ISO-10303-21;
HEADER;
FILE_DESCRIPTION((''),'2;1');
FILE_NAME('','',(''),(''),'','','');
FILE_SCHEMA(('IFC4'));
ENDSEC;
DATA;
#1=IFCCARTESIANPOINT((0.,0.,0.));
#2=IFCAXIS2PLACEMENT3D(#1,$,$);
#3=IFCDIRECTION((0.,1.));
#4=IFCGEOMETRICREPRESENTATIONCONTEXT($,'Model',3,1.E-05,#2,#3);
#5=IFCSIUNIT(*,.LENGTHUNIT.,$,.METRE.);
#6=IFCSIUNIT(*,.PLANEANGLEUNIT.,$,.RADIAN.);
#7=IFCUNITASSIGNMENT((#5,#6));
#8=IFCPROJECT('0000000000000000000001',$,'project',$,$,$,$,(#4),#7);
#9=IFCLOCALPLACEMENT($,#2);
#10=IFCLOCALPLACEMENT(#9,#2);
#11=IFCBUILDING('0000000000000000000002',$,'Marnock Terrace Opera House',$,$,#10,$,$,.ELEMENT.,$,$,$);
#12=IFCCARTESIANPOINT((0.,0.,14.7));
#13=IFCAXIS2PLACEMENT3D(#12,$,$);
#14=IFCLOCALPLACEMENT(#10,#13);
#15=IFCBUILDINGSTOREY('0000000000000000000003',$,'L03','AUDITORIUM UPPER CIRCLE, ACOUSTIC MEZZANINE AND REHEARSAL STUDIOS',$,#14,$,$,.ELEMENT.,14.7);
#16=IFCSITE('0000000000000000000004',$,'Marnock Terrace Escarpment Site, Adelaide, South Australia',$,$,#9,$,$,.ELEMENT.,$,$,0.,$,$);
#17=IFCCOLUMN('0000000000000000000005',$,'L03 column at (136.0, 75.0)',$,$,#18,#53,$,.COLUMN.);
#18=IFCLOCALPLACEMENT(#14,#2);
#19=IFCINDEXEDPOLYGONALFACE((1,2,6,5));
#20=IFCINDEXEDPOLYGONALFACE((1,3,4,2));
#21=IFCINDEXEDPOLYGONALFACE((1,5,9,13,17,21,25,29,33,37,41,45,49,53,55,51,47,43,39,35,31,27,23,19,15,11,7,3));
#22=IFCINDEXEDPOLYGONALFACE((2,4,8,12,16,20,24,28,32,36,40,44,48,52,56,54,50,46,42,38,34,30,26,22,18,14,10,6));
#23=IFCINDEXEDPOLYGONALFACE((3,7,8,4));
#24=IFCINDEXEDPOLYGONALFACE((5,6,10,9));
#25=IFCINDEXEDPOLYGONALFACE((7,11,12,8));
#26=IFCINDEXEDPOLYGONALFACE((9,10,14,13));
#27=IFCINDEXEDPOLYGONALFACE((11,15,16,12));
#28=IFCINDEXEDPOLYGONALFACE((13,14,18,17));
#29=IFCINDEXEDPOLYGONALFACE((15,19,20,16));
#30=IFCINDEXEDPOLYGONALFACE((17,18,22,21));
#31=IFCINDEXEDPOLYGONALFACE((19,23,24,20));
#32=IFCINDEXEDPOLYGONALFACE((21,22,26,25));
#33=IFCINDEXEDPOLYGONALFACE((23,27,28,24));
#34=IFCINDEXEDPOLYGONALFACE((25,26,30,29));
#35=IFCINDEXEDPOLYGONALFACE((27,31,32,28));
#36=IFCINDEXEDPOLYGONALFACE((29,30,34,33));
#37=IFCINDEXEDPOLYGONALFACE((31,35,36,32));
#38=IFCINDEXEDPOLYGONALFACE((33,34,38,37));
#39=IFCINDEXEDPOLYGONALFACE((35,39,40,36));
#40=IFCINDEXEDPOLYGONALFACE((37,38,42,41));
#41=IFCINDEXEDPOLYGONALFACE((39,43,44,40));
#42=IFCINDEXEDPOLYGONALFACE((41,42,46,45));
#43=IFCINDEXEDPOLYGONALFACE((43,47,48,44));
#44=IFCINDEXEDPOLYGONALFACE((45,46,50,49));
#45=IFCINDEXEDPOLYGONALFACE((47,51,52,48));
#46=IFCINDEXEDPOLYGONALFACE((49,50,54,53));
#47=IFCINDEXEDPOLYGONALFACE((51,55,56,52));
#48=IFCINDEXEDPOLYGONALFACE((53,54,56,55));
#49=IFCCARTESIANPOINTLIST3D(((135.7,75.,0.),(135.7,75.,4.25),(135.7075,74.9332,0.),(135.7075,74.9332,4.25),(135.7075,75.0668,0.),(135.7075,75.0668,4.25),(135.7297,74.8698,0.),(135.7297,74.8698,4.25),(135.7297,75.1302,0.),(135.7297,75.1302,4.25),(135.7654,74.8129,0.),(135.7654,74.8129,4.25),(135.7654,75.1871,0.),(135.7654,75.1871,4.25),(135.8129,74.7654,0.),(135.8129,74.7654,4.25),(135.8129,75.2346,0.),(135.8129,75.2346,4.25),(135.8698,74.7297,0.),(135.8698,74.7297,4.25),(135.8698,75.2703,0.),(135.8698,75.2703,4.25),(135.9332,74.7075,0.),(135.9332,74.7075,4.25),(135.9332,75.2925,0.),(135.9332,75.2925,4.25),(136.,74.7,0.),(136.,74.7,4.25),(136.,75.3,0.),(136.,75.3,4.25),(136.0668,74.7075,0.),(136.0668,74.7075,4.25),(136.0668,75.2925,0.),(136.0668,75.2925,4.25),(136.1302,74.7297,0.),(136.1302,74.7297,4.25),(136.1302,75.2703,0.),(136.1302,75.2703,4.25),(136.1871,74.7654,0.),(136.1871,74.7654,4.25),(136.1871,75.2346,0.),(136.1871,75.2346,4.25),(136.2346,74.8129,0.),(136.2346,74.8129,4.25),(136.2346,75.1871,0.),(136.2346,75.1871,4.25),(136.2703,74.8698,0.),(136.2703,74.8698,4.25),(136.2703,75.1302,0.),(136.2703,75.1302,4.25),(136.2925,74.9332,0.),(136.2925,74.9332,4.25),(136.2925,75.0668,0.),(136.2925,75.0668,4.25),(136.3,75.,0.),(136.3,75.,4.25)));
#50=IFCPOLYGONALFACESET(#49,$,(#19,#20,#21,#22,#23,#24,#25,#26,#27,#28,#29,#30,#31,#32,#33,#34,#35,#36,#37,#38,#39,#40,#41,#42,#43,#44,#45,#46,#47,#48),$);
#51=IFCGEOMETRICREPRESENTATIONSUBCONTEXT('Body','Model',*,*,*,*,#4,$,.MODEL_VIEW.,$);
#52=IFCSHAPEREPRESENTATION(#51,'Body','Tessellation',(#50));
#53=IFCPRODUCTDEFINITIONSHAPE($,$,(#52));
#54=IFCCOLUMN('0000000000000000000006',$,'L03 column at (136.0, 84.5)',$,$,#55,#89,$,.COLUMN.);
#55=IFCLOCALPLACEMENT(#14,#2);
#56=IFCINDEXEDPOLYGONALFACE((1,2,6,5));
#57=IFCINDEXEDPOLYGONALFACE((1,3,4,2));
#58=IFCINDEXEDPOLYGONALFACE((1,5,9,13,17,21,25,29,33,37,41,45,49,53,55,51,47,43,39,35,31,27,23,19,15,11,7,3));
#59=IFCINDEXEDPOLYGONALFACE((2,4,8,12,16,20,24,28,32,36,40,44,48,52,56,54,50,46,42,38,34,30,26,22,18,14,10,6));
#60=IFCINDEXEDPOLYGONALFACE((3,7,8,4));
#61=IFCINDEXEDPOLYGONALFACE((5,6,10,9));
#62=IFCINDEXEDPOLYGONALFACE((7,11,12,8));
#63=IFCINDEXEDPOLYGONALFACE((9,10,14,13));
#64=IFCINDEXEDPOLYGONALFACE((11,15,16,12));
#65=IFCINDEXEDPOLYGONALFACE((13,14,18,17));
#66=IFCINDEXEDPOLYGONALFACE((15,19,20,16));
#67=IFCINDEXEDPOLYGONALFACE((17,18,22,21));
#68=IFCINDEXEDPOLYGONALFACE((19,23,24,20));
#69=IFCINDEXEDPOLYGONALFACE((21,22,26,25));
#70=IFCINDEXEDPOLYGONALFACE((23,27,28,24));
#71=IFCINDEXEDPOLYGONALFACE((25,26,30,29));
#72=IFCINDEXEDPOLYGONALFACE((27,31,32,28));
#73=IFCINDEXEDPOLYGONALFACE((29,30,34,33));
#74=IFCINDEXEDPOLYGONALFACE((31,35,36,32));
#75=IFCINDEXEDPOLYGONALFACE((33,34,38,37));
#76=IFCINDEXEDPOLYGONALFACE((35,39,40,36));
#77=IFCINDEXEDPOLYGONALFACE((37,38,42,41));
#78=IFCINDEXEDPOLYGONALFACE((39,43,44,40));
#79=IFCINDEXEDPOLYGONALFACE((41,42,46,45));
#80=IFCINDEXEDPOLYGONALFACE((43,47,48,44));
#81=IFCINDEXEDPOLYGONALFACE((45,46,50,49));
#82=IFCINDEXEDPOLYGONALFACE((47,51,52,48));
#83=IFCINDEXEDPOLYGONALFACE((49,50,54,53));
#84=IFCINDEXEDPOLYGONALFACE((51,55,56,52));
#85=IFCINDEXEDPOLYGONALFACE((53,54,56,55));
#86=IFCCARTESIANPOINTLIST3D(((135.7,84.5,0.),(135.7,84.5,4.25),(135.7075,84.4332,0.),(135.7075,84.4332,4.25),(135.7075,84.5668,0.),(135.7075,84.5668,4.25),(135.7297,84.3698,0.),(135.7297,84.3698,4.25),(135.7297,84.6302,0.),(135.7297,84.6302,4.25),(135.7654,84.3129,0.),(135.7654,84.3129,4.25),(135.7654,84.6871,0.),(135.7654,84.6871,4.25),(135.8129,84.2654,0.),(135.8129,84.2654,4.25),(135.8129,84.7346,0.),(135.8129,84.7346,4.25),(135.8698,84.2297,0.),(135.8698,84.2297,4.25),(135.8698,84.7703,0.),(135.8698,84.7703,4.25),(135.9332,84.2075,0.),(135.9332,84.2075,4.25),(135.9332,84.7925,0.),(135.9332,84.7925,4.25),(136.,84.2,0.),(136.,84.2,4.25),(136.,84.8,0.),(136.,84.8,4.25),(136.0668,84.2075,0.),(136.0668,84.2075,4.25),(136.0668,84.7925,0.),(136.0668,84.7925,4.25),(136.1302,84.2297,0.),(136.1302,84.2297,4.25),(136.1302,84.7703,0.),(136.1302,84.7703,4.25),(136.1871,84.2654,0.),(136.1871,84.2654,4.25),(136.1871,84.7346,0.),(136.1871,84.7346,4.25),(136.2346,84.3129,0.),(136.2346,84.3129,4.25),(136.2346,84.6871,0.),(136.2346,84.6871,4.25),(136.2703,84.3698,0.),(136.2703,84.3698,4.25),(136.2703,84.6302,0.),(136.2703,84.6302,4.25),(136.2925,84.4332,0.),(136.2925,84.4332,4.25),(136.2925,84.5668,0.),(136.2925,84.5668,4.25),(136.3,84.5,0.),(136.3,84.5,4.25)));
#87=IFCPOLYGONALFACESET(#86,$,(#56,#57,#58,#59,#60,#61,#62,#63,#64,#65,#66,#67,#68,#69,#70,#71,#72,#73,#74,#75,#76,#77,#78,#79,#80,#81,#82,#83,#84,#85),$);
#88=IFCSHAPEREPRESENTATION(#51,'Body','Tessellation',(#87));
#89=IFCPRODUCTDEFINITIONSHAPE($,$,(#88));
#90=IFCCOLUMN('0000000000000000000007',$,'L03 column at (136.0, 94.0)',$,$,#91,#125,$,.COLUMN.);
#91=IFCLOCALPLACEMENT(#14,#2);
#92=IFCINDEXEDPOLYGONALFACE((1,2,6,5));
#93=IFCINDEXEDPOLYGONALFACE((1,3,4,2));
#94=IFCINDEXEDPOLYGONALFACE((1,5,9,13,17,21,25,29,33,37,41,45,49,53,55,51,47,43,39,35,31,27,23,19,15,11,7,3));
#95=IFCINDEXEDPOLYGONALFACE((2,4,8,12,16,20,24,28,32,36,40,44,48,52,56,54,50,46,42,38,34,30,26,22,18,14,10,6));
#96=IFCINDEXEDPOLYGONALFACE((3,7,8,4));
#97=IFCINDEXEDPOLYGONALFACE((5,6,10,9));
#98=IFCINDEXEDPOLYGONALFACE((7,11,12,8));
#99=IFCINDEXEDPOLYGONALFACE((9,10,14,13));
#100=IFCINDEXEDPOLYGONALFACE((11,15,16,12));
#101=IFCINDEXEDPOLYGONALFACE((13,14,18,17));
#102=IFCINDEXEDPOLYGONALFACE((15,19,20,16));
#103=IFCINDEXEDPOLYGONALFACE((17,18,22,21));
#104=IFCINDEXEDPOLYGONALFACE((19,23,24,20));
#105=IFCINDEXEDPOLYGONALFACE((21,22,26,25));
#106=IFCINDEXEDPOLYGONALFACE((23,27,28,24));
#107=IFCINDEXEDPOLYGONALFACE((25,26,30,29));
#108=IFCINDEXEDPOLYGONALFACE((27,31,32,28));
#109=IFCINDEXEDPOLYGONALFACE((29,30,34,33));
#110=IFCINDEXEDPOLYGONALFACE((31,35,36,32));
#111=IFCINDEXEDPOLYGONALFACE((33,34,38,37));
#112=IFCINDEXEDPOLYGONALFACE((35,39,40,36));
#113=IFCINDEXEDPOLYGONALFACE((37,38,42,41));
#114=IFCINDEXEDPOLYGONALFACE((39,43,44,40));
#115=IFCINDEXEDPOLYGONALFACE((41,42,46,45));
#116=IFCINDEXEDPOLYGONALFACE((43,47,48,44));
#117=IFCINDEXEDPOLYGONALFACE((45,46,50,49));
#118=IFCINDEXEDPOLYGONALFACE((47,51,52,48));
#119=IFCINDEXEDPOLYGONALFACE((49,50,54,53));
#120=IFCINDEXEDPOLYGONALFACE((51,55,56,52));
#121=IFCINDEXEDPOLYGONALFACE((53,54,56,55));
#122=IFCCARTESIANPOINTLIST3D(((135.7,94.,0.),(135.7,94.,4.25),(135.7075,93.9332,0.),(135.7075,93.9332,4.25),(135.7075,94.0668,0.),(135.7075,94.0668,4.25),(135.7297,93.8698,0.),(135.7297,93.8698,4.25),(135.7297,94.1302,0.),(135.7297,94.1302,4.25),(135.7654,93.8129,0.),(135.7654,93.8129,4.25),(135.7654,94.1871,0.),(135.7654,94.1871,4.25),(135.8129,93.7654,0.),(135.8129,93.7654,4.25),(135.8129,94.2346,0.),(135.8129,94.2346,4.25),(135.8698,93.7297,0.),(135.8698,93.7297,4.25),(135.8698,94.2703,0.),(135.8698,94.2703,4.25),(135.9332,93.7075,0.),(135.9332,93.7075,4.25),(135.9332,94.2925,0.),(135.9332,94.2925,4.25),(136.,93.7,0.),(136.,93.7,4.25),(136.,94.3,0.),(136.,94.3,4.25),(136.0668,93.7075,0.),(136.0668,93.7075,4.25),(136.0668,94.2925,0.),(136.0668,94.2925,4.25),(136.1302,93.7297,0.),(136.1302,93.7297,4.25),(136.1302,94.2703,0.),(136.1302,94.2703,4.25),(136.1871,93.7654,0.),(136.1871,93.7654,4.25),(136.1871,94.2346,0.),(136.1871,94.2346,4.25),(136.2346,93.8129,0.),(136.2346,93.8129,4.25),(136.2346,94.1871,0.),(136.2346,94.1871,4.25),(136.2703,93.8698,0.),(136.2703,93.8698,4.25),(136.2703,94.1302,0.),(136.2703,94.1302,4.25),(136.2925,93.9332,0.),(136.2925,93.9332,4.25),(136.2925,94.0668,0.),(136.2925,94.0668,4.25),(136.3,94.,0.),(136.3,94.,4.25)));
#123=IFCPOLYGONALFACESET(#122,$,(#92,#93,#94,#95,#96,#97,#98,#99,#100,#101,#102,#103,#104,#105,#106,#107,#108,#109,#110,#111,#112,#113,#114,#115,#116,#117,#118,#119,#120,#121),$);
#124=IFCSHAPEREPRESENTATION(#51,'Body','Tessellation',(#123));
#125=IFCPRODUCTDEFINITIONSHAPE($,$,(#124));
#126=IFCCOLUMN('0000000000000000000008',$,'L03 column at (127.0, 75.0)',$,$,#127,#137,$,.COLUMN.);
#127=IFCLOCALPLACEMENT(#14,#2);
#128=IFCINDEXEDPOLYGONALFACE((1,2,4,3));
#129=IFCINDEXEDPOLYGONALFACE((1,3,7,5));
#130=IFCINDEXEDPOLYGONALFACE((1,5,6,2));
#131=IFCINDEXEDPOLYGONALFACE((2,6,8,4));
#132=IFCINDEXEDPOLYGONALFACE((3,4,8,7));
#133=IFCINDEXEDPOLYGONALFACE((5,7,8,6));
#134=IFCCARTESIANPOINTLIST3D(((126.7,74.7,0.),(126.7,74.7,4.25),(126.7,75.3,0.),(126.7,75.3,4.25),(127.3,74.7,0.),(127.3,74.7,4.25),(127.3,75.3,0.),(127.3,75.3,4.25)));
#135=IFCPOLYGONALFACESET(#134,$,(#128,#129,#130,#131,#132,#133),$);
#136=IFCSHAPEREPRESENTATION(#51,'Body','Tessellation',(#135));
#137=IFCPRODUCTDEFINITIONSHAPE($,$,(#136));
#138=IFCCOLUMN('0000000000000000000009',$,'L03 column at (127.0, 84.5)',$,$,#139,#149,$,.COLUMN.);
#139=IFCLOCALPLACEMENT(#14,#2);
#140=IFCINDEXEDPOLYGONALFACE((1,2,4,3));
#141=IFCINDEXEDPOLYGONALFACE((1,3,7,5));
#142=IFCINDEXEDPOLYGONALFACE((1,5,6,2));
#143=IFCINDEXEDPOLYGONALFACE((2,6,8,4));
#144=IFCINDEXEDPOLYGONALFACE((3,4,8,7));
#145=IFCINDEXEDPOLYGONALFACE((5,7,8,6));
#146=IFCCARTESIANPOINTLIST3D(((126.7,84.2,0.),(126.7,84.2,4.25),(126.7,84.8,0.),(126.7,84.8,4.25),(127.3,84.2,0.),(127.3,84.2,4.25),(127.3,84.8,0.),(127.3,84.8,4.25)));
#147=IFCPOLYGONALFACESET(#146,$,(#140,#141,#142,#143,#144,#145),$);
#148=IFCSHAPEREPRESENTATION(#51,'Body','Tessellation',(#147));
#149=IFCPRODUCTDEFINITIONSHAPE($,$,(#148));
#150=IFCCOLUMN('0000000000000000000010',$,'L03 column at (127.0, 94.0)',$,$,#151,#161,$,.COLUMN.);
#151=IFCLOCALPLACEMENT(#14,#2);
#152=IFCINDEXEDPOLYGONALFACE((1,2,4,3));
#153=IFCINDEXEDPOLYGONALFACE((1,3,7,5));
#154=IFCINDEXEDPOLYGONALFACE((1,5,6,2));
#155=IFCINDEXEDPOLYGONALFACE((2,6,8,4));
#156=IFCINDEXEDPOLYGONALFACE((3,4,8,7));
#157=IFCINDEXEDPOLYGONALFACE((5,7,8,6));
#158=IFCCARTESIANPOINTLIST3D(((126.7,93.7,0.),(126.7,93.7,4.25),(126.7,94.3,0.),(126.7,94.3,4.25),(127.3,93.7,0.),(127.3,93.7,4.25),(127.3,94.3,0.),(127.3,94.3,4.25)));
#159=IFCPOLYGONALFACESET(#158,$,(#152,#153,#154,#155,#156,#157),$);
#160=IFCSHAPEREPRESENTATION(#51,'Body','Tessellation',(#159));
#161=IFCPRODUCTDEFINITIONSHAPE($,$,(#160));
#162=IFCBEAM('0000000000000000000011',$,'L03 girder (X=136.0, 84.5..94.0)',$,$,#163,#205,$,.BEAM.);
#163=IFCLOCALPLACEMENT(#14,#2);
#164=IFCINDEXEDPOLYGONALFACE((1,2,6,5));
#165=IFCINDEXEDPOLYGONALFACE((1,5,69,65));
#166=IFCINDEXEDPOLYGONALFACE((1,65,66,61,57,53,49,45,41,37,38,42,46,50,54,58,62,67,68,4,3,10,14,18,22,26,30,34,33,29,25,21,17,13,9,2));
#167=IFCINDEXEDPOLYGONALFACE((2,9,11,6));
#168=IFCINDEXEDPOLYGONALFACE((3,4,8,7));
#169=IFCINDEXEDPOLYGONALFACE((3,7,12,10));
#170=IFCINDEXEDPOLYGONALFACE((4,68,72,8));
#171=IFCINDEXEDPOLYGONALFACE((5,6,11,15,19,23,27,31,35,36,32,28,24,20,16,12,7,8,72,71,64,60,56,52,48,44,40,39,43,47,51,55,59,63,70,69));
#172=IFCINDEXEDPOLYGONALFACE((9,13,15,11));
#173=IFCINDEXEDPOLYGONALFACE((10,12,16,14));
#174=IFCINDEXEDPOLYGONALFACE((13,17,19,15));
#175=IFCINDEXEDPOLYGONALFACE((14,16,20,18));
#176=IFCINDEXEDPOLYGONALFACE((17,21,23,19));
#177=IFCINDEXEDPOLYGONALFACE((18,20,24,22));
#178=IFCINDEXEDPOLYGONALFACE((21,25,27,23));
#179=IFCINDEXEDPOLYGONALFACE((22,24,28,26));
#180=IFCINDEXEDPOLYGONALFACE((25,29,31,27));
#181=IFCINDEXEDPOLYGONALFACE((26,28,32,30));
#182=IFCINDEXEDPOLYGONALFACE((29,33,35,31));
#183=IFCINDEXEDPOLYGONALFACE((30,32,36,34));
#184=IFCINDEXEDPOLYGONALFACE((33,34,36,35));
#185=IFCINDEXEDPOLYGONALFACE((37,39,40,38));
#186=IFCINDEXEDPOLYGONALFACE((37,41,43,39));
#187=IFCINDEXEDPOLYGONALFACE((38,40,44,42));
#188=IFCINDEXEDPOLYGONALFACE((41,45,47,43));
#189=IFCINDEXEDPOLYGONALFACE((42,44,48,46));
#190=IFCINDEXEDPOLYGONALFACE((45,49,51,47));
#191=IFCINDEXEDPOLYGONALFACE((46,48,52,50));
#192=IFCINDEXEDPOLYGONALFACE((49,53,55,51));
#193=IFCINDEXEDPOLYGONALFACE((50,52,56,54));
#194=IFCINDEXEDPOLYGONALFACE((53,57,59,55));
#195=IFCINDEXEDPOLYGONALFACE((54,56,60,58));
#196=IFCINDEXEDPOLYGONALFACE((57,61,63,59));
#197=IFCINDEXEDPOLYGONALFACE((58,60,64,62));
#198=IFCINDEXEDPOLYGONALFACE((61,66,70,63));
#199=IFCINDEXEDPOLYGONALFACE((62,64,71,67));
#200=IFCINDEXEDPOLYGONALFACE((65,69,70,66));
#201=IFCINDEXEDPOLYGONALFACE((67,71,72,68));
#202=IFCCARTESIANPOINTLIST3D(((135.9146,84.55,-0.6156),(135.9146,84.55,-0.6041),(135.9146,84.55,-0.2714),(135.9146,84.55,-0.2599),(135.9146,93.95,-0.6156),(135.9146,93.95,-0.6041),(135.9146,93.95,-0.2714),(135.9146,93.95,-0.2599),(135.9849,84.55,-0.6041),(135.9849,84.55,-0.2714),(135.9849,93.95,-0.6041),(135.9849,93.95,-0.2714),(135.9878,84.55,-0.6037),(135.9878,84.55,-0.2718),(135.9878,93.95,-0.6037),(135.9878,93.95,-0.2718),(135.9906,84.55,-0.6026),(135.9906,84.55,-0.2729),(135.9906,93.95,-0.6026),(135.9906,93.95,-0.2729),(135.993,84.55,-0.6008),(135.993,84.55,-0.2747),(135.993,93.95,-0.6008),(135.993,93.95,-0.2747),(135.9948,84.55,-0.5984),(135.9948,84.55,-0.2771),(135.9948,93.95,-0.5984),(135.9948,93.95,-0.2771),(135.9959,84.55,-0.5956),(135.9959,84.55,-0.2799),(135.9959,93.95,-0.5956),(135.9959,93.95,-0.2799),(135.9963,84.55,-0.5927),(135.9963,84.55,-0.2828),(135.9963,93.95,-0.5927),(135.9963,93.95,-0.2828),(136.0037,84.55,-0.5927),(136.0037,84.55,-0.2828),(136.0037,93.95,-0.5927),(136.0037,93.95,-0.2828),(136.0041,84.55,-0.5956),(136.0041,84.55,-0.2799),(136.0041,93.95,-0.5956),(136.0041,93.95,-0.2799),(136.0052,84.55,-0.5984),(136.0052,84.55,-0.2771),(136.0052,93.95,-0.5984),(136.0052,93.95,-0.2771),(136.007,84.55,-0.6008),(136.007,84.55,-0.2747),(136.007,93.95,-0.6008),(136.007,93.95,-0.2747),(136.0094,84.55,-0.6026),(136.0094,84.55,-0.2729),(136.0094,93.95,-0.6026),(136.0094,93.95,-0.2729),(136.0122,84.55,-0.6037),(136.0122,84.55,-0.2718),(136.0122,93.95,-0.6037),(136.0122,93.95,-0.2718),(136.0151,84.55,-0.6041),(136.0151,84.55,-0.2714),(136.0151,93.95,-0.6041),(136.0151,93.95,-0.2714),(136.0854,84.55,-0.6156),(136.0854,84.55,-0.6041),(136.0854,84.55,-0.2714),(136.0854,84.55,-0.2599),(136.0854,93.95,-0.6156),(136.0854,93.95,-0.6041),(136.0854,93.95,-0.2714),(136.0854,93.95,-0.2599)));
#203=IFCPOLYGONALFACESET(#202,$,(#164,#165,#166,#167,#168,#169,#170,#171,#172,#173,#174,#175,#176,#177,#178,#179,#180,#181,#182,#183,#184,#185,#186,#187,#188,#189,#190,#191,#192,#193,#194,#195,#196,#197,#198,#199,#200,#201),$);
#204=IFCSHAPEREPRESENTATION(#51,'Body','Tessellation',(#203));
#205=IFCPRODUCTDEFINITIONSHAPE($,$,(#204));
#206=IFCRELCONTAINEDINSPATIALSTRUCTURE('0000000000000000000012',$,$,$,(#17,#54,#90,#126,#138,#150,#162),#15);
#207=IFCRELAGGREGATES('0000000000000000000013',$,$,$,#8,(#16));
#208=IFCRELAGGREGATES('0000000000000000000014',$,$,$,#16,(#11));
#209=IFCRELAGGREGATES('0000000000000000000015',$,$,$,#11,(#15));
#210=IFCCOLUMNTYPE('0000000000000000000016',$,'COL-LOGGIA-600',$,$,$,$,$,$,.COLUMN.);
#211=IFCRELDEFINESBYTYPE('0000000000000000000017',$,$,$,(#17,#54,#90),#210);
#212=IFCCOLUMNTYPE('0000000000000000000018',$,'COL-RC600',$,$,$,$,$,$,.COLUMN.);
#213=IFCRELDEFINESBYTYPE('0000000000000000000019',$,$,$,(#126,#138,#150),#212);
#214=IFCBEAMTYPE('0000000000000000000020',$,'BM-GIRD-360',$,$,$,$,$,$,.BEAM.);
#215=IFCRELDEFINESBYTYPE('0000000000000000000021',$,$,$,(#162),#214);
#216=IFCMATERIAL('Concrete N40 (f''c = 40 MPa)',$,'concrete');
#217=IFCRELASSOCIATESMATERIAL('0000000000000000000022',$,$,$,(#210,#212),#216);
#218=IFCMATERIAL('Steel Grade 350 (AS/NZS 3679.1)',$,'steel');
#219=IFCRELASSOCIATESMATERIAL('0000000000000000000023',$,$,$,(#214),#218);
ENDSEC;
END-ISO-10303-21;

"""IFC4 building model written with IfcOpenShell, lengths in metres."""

from ifc_helpers import new_model, si_unit, direction, frame, origin, origin_2d, place, context, subcontext, project, spatial, rectangle, circle, i_section, extrude, material, material_profile, profile_set, type_object, element, save


model = new_model("IFC4")

# Units and contexts
model_context = context("Model", 3, precision=1e-05, world=origin(), true_north=direction((0.0, 1.0)))
body_context = subcontext(model_context, "Body", "Model", "MODEL_VIEW")
ifc_project = project(units=[si_unit("LENGTHUNIT", "METRE"), si_unit("PLANEANGLEUNIT", "RADIAN")], contexts=[model_context])

# Site, building, storey
site_placement = place(None, origin())
site = spatial("IfcSite", under=ifc_project, at=site_placement, Name="Marnock Terrace Escarpment Site, Adelaide, South Australia", CompositionType="ELEMENT", RefElevation=0.0)
building_placement = place(site_placement, origin())
building = spatial("IfcBuilding", under=site, at=building_placement, Name="Marnock Terrace Opera House", CompositionType="ELEMENT")
storey_placement = place(building_placement, frame((0.0, 0.0, 14.7)))
storey = spatial("IfcBuildingStorey", under=building, at=storey_placement, Name="L03", Description="AUDITORIUM UPPER CIRCLE, ACOUSTIC MEZZANINE AND REHEARSAL STUDIOS", CompositionType="ELEMENT", Elevation=14.7)

# Columns
ifc_material_1 = material(Name="Concrete N40 (f'c = 40 MPa)", Category="concrete")
ifc_material_profile_1 = material_profile(ifc_material_1, circle(Radius=0.3, at=origin_2d()))
ifc_profile_set_1 = profile_set([ifc_material_profile_1], Name="Concrete N40 (f'c = 40 MPa)")
column_type_1 = type_object("IfcColumnType", Name="COL-LOGGIA-600", PredefinedType="COLUMN", material=ifc_profile_set_1)
for number, where, z_axis, x_axis, name in (
    (1, (136.0, 75.0, 0.0), (0.0, 0.0, 1.0), (1.0, 0.0, 0.0), "L03 column at (136.0, 75.0)"),
    (2, (136.0, 84.5, 0.0), (0.0, 0.0, 1.0), (1.0, 0.0, 0.0), "L03 column at (136.0, 84.5)"),
    (3, (136.0, 94.0, 0.0), (0.0, 0.0, 1.0), (1.0, 0.0, 0.0), "L03 column at (136.0, 94.0)"),
):
    element("IfcColumn", number, at=place(storey_placement, frame(where, z_axis=z_axis, x_axis=x_axis)), inside=storey, type_object=column_type_1, Name=name, PredefinedType="COLUMN", context=body_context, shape_type="SweptSolid", body=[
        extrude(circle(Radius=0.3, at=origin_2d()), origin(), (0.0, 0.0, 1.0), 4.25),
    ])
ifc_material_profile_2 = material_profile(ifc_material_1, rectangle(XDim=0.6001, YDim=0.6001, at=origin_2d()))
ifc_profile_set_2 = profile_set([ifc_material_profile_2], Name="Concrete N40 (f'c = 40 MPa)")
column_type_2 = type_object("IfcColumnType", Name="COL-RC600", PredefinedType="COLUMN", material=ifc_profile_set_2)
for number, where, z_axis, x_axis, name in (
    (4, (127.0, 75.0, 0.0), (0.0, 0.0, 1.0), (1.0, 0.0, 0.0), "L03 column at (127.0, 75.0)"),
    (5, (127.0, 84.5, 0.0), (0.0, 0.0, 1.0), (1.0, 0.0, 0.0), "L03 column at (127.0, 84.5)"),
    (6, (127.0, 94.0, 0.0), (0.0, 0.0, 1.0), (1.0, 0.0, 0.0), "L03 column at (127.0, 94.0)"),
):
    element("IfcColumn", number, at=place(storey_placement, frame(where, z_axis=z_axis, x_axis=x_axis)), inside=storey, type_object=column_type_2, Name=name, PredefinedType="COLUMN", context=body_context, shape_type="SweptSolid", body=[
        extrude(rectangle(XDim=0.6001, YDim=0.6001, at=origin_2d()), origin(), (0.0, 0.0, 1.0), 4.25),
    ])

# Beam
ifc_material_2 = material(Name="Steel Grade 350 (AS/NZS 3679.1)", Category="steel")
ifc_material_profile_3 = material_profile(ifc_material_2, i_section(OverallWidth=0.1709, OverallDepth=0.3557, WebThickness=0.0073, FlangeThickness=0.0115, FilletRadius=0.0115, at=origin_2d()))
ifc_profile_set_3 = profile_set([ifc_material_profile_3], Name="Steel Grade 350 (AS/NZS 3679.1)")
beam_type_1 = type_object("IfcBeamType", Name="BM-GIRD-360", PredefinedType="BEAM", material=ifc_profile_set_3)
beam_1_placement = place(storey_placement, frame((136.0, 84.55, -0.4377), z_axis=(0.0, 1.0, 0.0), x_axis=(-1.0, 0.0, 0.0)))
element("IfcBeam", 7, at=beam_1_placement, inside=storey, type_object=beam_type_1, Name="L03 girder (X=136.0, 84.5..94.0)", PredefinedType="BEAM", context=body_context, shape_type="SweptSolid", body=[
    extrude(i_section(OverallWidth=0.1709, OverallDepth=0.3557, WebThickness=0.0073, FlangeThickness=0.0115, FilletRadius=0.0115, at=origin_2d()), origin(), (0.0, 0.0, 1.0), 9.3999),
])

save(model, "model.ifc")
